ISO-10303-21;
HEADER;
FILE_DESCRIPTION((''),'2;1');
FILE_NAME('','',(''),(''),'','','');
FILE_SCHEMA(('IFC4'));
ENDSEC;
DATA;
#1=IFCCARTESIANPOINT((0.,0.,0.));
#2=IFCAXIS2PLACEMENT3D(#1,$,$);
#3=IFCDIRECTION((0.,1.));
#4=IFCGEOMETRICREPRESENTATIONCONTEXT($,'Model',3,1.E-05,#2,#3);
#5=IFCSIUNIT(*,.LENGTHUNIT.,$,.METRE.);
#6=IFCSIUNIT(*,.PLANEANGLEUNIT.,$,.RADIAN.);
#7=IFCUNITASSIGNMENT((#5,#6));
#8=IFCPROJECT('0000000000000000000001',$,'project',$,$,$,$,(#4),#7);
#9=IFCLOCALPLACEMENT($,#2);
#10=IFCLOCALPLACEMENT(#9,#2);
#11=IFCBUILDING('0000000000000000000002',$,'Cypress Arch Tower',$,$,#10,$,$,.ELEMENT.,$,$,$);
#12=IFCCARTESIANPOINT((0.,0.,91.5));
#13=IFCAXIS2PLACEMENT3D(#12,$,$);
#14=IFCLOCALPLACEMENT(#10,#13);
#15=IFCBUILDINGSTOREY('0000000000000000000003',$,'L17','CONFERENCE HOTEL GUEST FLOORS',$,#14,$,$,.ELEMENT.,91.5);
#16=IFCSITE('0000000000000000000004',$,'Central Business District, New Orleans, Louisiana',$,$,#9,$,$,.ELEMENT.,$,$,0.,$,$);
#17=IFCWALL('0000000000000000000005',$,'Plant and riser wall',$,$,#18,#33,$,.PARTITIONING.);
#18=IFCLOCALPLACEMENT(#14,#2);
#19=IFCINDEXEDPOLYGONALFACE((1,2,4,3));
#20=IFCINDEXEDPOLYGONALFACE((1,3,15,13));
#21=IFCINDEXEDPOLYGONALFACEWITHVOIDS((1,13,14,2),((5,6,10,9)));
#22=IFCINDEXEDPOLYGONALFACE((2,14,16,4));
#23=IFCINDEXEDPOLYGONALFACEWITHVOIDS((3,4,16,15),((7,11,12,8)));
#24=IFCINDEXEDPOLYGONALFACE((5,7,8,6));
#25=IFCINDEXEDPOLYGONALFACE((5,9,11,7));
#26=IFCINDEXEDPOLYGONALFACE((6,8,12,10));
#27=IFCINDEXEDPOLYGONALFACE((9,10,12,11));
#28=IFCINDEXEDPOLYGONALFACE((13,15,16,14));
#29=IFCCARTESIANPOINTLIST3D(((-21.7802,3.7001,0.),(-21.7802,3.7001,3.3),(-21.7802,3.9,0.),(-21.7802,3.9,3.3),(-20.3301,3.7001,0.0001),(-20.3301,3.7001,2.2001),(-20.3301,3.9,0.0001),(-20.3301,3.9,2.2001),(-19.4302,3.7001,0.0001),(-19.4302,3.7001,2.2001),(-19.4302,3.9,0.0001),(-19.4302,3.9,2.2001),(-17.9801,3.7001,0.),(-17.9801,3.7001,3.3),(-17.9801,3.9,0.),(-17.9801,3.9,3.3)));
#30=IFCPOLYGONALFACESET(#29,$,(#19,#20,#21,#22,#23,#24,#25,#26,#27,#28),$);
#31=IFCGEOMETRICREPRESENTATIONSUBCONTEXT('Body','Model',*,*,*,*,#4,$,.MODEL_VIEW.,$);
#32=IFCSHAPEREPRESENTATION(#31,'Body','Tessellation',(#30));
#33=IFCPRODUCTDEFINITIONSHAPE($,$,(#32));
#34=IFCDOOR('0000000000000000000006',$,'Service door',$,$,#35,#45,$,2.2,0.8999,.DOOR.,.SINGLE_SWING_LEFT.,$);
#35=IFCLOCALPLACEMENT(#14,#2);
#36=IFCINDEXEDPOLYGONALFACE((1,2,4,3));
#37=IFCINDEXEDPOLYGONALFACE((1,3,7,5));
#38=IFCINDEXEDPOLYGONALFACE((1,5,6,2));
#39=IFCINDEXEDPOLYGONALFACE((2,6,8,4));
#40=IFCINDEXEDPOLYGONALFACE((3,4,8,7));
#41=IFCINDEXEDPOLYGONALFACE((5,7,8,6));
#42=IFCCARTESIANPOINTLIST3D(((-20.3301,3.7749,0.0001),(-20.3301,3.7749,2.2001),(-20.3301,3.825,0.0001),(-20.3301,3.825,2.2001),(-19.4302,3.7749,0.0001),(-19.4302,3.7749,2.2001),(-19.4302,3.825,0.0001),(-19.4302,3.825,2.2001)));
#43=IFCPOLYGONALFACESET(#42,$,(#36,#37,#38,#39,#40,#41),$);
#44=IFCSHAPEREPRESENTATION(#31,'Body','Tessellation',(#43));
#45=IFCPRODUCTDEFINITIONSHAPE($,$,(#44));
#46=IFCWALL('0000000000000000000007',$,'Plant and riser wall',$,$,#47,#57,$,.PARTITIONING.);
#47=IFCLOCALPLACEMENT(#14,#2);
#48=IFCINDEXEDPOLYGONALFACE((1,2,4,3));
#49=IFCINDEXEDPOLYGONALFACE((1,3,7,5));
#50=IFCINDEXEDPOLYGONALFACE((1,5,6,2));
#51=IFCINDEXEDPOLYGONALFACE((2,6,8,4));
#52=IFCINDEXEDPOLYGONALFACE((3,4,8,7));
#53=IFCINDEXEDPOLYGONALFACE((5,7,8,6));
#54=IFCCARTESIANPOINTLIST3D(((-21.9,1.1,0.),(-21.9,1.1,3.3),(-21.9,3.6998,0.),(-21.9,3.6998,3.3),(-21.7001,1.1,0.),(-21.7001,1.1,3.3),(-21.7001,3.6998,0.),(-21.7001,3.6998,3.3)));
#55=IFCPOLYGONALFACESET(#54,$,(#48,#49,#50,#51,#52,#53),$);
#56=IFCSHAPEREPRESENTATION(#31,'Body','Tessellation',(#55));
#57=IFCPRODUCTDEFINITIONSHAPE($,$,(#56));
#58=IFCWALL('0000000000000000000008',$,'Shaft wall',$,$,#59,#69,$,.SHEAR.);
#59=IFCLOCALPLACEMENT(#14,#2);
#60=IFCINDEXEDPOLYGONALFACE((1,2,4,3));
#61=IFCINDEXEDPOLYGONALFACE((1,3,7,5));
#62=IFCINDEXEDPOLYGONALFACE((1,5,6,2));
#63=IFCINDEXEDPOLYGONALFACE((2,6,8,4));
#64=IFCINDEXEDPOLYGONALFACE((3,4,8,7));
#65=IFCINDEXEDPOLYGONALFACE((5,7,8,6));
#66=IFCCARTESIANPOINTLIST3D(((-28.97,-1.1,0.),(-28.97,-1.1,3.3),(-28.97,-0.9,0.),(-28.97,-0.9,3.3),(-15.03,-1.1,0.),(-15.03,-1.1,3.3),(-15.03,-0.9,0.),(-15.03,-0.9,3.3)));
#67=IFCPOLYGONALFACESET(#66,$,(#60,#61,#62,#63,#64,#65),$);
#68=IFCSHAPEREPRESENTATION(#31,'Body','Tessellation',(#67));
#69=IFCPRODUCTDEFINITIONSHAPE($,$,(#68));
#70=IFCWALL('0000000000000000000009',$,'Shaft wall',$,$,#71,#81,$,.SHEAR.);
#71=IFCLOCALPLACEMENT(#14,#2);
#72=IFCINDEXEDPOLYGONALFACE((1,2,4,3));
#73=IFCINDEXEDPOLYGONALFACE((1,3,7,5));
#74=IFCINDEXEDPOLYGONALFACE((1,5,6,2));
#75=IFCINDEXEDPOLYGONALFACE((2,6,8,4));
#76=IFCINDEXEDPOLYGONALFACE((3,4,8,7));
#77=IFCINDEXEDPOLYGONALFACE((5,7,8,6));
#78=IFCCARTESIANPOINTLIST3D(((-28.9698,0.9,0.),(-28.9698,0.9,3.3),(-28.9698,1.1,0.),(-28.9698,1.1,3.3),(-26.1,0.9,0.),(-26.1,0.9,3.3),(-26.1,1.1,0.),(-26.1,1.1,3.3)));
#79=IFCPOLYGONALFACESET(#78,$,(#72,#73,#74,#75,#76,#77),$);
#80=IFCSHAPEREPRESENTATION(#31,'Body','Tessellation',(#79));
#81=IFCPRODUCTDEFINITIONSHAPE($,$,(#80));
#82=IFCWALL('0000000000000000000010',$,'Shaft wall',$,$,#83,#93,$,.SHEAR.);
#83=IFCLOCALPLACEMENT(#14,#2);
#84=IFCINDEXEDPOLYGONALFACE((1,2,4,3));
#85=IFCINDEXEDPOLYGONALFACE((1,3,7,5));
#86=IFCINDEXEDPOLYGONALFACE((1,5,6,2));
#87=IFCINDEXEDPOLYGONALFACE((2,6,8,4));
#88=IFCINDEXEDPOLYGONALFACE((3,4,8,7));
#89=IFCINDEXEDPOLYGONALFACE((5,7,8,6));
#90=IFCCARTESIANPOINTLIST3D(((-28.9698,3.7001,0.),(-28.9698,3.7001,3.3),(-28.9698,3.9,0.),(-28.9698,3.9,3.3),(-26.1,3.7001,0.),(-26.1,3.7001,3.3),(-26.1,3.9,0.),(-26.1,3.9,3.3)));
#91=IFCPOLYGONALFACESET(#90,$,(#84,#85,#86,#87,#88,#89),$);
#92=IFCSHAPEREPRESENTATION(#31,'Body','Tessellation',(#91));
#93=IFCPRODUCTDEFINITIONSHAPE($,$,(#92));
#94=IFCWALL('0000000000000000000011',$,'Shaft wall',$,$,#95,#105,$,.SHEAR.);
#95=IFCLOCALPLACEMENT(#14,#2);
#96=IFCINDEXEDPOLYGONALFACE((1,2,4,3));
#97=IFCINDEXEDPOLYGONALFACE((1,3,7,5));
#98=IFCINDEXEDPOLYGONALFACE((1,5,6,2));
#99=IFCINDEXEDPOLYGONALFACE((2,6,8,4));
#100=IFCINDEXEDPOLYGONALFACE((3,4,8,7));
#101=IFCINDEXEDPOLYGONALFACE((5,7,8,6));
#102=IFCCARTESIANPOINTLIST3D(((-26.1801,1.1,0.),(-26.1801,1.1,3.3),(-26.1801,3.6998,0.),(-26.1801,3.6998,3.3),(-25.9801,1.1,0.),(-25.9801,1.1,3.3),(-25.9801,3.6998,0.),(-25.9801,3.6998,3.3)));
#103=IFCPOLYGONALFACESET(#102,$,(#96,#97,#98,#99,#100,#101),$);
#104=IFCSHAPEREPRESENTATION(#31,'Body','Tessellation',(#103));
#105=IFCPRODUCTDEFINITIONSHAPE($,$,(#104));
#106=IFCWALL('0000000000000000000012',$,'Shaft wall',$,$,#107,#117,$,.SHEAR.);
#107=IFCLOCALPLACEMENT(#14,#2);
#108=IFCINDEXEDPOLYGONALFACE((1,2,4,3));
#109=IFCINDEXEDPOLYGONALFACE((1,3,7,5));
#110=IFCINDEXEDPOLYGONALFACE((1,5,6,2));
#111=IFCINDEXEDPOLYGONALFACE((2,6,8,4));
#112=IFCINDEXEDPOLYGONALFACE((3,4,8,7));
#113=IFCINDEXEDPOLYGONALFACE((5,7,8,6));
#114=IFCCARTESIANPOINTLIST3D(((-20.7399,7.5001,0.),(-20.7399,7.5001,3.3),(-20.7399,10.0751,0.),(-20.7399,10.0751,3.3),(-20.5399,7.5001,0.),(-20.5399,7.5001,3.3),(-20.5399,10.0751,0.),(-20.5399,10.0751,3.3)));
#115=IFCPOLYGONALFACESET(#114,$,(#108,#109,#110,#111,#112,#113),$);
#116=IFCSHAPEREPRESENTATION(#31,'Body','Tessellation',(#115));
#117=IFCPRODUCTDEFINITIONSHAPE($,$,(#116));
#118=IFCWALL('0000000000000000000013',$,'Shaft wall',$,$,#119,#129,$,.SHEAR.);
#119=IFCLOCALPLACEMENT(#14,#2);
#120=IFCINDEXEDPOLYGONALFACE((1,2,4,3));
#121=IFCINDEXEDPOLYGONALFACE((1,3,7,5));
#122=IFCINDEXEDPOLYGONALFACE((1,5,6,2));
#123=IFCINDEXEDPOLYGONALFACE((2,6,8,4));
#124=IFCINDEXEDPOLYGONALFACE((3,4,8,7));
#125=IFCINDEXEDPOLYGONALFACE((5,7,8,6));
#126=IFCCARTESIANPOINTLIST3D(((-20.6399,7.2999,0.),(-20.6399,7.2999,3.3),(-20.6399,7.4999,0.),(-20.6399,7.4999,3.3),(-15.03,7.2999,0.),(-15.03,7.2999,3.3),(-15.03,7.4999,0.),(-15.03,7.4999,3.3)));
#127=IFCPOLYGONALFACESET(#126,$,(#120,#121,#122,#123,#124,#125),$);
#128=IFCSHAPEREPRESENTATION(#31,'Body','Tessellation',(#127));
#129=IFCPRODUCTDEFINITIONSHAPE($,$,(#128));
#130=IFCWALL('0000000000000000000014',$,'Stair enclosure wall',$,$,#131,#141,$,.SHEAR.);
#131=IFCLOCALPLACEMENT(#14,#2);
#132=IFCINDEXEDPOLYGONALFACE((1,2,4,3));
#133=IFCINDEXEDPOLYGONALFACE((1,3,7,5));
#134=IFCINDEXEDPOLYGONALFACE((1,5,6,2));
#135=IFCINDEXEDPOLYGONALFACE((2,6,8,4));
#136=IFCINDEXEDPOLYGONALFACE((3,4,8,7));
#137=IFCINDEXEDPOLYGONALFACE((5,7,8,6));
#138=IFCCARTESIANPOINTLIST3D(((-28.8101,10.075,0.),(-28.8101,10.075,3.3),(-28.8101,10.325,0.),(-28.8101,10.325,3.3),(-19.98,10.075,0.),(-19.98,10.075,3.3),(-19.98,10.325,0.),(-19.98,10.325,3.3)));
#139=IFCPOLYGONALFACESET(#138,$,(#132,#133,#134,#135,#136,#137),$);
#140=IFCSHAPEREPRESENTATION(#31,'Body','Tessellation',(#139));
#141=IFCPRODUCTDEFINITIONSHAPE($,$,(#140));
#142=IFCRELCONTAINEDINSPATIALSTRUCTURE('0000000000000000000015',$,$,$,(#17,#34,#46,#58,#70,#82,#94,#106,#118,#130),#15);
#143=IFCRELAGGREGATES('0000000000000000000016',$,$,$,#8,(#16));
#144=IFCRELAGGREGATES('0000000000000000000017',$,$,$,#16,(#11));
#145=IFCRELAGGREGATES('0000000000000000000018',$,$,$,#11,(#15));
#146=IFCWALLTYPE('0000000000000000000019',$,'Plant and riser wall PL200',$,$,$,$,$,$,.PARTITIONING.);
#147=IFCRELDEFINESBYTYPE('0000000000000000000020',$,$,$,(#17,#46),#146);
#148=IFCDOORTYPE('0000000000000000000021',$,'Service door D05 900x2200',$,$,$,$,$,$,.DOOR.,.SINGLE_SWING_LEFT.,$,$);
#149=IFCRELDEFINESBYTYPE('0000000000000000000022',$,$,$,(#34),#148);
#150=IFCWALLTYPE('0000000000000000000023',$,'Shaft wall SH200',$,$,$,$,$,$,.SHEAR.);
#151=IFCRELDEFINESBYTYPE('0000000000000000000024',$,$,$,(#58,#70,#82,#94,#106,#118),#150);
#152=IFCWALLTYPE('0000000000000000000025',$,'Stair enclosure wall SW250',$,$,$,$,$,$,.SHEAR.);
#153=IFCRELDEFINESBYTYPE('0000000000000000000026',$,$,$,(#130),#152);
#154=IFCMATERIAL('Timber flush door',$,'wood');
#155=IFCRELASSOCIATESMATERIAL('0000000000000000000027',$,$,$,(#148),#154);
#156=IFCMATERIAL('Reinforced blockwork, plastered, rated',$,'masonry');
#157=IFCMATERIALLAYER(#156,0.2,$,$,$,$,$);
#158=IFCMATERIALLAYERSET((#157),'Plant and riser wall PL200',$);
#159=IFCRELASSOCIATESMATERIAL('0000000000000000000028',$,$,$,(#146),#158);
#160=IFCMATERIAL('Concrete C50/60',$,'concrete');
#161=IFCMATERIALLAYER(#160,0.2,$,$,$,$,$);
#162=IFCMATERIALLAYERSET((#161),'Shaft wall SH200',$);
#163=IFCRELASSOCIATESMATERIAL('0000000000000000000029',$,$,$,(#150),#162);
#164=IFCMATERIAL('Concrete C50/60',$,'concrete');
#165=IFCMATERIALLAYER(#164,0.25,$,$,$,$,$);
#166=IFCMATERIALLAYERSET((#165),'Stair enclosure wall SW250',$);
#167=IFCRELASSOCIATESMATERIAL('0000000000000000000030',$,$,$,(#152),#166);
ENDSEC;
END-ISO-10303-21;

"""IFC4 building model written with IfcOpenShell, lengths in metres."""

from ifc_helpers import new_model, si_unit, direction, frame, frame_2d, origin, place, context, subcontext, project, spatial, rectangle, extrude, material, layer, layer_set, type_object, element, fill, save


model = new_model("IFC4")

# Units and contexts
model_context = context("Model", 3, precision=1e-05, world=origin(), true_north=direction((0.0, 1.0)))
body_context = subcontext(model_context, "Body", "Model", "MODEL_VIEW")
ifc_project = project(units=[si_unit("LENGTHUNIT", "METRE"), si_unit("PLANEANGLEUNIT", "RADIAN")], contexts=[model_context])

# Site, building, storey
site_placement = place(None, origin())
site = spatial("IfcSite", under=ifc_project, at=site_placement, Name="Central Business District, New Orleans, Louisiana", CompositionType="ELEMENT", RefElevation=0.0)
building_placement = place(site_placement, origin())
building = spatial("IfcBuilding", under=site, at=building_placement, Name="Cypress Arch Tower", CompositionType="ELEMENT")
storey_placement = place(building_placement, frame((0.0, 0.0, 91.5)))
storey = spatial("IfcBuildingStorey", under=building, at=storey_placement, Name="L17", Description="CONFERENCE HOTEL GUEST FLOORS", CompositionType="ELEMENT", Elevation=91.5)

# Shared definitions
ifc_material_1 = material(Name="Timber flush door", Category="wood")
door_type_1 = type_object("IfcDoorType", Name="Service door D05 900x2200", OperationType="SINGLE_SWING_LEFT", PredefinedType="DOOR", material=ifc_material_1)
ifc_material_2 = material(Name="Reinforced blockwork, plastered, rated", Category="masonry")
ifc_layer_1 = layer(ifc_material_2, 0.2)
ifc_layer_set_1 = layer_set([ifc_layer_1], Name="Plant and riser wall PL200")
wall_type_1 = type_object("IfcWallType", Name="Plant and riser wall PL200", PredefinedType="PARTITIONING", material=ifc_layer_set_1)

# Wall, opening, door
wall_1_placement = place(storey_placement, frame((-21.78, 3.8, 0.0), z_axis=(0.0, 0.0, 1.0), x_axis=(1.0, 0.0, 0.0)))
wall_1 = element("IfcWall", 1, at=wall_1_placement, inside=storey, type_object=wall_type_1, Name="Plant and riser wall", PredefinedType="PARTITIONING", context=body_context, shape_type="SweptSolid", body=[
    extrude(rectangle(XDim=3.8, YDim=0.2, at=frame_2d((1.8999, 0.0))), origin(), (0.0, 0.0, 1.0), 3.3),
])
opening_1_placement = place(wall_1_placement, frame((1.45, 0.0, 0.0)))
opening_1 = element("IfcOpeningElement", 2, at=opening_1_placement, cuts=wall_1, PredefinedType="OPENING", context=body_context, shape_type="SweptSolid", body=[
    extrude(rectangle(XDim=0.8999, YDim=2.2, at=frame_2d((0.45, 1.1001))), frame((0.0, 0.1099, 0.0), z_axis=(0.0, -1.0, 0.0), x_axis=(1.0, 0.0, 0.0)), (0.0, 0.0, 1.0), 0.22),
])
door_1_placement = place(opening_1_placement, origin())
door_1 = element("IfcDoor", 3, at=door_1_placement, inside=storey, type_object=door_type_1, Name="Service door", OperationType="SINGLE_SWING_LEFT", OverallHeight=2.2, OverallWidth=0.8999, PredefinedType="DOOR", context=body_context, shape_type="SweptSolid", body=[
    extrude(rectangle(XDim=0.8999, YDim=2.2, at=frame_2d((0.45, 1.1001))), frame((0.0, 0.0249, 0.0), z_axis=(0.0, -1.0, 0.0), x_axis=(1.0, 0.0, 0.0)), (0.0, 0.0, 1.0), 0.05),
])
fill(opening_1, door_1)

# Walls
wall_2_placement = place(storey_placement, frame((-21.8, 1.1001, 0.0), z_axis=(0.0, 0.0, 1.0), x_axis=(0.0, 1.0, 0.0)))
element("IfcWall", 4, at=wall_2_placement, inside=storey, type_object=wall_type_1, Name="Plant and riser wall", PredefinedType="PARTITIONING", context=body_context, shape_type="SweptSolid", body=[
    extrude(rectangle(XDim=2.5999, YDim=0.2, at=frame_2d((1.2998, 0.0))), origin(), (0.0, 0.0, 1.0), 3.3),
])
ifc_material_3 = material(Name="Concrete C50/60", Category="concrete")
ifc_layer_2 = layer(ifc_material_3, 0.2)
ifc_layer_set_2 = layer_set([ifc_layer_2], Name="Shaft wall SH200")
wall_type_2 = type_object("IfcWallType", Name="Shaft wall SH200", PredefinedType="SHEAR", material=ifc_layer_set_2)
wall_3_placement = place(storey_placement, frame((-28.97, -1.0, 0.0), z_axis=(0.0, 0.0, 1.0), x_axis=(1.0, 0.0, 0.0)))
element("IfcWall", 5, at=wall_3_placement, inside=storey, type_object=wall_type_2, Name="Shaft wall", PredefinedType="SHEAR", context=body_context, shape_type="SweptSolid", body=[
    extrude(rectangle(XDim=13.9399, YDim=0.2, at=frame_2d((6.97, 0.0))), origin(), (0.0, 0.0, 1.0), 3.3),
])
for number, where, z_axis, x_axis, name in (
    (6, (-28.97, 1.0, 0.0), (0.0, 0.0, 1.0), (1.0, 0.0, 0.0), "Shaft wall"),
    (7, (-28.97, 3.8, 0.0), (0.0, 0.0, 1.0), (1.0, 0.0, 0.0), "Shaft wall"),
):
    element("IfcWall", number, at=place(storey_placement, frame(where, z_axis=z_axis, x_axis=x_axis)), inside=storey, type_object=wall_type_2, Name=name, PredefinedType="SHEAR", context=body_context, shape_type="SweptSolid", body=[
        extrude(rectangle(XDim=2.8699, YDim=0.2, at=frame_2d((1.4351, 0.0))), origin(), (0.0, 0.0, 1.0), 3.3),
    ])
wall_4_placement = place(storey_placement, frame((-26.0801, 1.1001, 0.0), z_axis=(0.0, 0.0, 1.0), x_axis=(0.0, 1.0, 0.0)))
element("IfcWall", 8, at=wall_4_placement, inside=storey, type_object=wall_type_2, Name="Shaft wall", PredefinedType="SHEAR", context=body_context, shape_type="SweptSolid", body=[
    extrude(rectangle(XDim=2.5999, YDim=0.2, at=frame_2d((1.2998, 0.0))), origin(), (0.0, 0.0, 1.0), 3.3),
])
wall_5_placement = place(storey_placement, frame((-20.6399, 7.5, 0.0), z_axis=(0.0, 0.0, 1.0), x_axis=(0.0, 1.0, 0.0)))
element("IfcWall", 9, at=wall_5_placement, inside=storey, type_object=wall_type_2, Name="Shaft wall", PredefinedType="SHEAR", context=body_context, shape_type="SweptSolid", body=[
    extrude(rectangle(XDim=2.575, YDim=0.2, at=frame_2d((1.2876, 0.0))), origin(), (0.0, 0.0, 1.0), 3.3),
])
wall_6_placement = place(storey_placement, frame((-20.6399, 7.3999, 0.0), z_axis=(0.0, 0.0, 1.0), x_axis=(1.0, 0.0, 0.0)))
element("IfcWall", 10, at=wall_6_placement, inside=storey, type_object=wall_type_2, Name="Shaft wall", PredefinedType="SHEAR", context=body_context, shape_type="SweptSolid", body=[
    extrude(rectangle(XDim=5.6099, YDim=0.2, at=frame_2d((2.8049, 0.0))), origin(), (0.0, 0.0, 1.0), 3.3),
])
ifc_material_4 = material(Name="Concrete C50/60", Category="concrete")
ifc_layer_3 = layer(ifc_material_4, 0.25)
ifc_layer_set_3 = layer_set([ifc_layer_3], Name="Stair enclosure wall SW250")
wall_type_3 = type_object("IfcWallType", Name="Stair enclosure wall SW250", PredefinedType="SHEAR", material=ifc_layer_set_3)
wall_7_placement = place(storey_placement, frame((-28.8101, 10.2, 0.0), z_axis=(0.0, 0.0, 1.0), x_axis=(1.0, 0.0, 0.0)))
element("IfcWall", 11, at=wall_7_placement, inside=storey, type_object=wall_type_3, Name="Stair enclosure wall", PredefinedType="SHEAR", context=body_context, shape_type="SweptSolid", body=[
    extrude(rectangle(XDim=8.8301, YDim=0.25, at=frame_2d((4.415, 0.0))), origin(), (0.0, 0.0, 1.0), 3.3),
])

save(model, "model.ifc")
